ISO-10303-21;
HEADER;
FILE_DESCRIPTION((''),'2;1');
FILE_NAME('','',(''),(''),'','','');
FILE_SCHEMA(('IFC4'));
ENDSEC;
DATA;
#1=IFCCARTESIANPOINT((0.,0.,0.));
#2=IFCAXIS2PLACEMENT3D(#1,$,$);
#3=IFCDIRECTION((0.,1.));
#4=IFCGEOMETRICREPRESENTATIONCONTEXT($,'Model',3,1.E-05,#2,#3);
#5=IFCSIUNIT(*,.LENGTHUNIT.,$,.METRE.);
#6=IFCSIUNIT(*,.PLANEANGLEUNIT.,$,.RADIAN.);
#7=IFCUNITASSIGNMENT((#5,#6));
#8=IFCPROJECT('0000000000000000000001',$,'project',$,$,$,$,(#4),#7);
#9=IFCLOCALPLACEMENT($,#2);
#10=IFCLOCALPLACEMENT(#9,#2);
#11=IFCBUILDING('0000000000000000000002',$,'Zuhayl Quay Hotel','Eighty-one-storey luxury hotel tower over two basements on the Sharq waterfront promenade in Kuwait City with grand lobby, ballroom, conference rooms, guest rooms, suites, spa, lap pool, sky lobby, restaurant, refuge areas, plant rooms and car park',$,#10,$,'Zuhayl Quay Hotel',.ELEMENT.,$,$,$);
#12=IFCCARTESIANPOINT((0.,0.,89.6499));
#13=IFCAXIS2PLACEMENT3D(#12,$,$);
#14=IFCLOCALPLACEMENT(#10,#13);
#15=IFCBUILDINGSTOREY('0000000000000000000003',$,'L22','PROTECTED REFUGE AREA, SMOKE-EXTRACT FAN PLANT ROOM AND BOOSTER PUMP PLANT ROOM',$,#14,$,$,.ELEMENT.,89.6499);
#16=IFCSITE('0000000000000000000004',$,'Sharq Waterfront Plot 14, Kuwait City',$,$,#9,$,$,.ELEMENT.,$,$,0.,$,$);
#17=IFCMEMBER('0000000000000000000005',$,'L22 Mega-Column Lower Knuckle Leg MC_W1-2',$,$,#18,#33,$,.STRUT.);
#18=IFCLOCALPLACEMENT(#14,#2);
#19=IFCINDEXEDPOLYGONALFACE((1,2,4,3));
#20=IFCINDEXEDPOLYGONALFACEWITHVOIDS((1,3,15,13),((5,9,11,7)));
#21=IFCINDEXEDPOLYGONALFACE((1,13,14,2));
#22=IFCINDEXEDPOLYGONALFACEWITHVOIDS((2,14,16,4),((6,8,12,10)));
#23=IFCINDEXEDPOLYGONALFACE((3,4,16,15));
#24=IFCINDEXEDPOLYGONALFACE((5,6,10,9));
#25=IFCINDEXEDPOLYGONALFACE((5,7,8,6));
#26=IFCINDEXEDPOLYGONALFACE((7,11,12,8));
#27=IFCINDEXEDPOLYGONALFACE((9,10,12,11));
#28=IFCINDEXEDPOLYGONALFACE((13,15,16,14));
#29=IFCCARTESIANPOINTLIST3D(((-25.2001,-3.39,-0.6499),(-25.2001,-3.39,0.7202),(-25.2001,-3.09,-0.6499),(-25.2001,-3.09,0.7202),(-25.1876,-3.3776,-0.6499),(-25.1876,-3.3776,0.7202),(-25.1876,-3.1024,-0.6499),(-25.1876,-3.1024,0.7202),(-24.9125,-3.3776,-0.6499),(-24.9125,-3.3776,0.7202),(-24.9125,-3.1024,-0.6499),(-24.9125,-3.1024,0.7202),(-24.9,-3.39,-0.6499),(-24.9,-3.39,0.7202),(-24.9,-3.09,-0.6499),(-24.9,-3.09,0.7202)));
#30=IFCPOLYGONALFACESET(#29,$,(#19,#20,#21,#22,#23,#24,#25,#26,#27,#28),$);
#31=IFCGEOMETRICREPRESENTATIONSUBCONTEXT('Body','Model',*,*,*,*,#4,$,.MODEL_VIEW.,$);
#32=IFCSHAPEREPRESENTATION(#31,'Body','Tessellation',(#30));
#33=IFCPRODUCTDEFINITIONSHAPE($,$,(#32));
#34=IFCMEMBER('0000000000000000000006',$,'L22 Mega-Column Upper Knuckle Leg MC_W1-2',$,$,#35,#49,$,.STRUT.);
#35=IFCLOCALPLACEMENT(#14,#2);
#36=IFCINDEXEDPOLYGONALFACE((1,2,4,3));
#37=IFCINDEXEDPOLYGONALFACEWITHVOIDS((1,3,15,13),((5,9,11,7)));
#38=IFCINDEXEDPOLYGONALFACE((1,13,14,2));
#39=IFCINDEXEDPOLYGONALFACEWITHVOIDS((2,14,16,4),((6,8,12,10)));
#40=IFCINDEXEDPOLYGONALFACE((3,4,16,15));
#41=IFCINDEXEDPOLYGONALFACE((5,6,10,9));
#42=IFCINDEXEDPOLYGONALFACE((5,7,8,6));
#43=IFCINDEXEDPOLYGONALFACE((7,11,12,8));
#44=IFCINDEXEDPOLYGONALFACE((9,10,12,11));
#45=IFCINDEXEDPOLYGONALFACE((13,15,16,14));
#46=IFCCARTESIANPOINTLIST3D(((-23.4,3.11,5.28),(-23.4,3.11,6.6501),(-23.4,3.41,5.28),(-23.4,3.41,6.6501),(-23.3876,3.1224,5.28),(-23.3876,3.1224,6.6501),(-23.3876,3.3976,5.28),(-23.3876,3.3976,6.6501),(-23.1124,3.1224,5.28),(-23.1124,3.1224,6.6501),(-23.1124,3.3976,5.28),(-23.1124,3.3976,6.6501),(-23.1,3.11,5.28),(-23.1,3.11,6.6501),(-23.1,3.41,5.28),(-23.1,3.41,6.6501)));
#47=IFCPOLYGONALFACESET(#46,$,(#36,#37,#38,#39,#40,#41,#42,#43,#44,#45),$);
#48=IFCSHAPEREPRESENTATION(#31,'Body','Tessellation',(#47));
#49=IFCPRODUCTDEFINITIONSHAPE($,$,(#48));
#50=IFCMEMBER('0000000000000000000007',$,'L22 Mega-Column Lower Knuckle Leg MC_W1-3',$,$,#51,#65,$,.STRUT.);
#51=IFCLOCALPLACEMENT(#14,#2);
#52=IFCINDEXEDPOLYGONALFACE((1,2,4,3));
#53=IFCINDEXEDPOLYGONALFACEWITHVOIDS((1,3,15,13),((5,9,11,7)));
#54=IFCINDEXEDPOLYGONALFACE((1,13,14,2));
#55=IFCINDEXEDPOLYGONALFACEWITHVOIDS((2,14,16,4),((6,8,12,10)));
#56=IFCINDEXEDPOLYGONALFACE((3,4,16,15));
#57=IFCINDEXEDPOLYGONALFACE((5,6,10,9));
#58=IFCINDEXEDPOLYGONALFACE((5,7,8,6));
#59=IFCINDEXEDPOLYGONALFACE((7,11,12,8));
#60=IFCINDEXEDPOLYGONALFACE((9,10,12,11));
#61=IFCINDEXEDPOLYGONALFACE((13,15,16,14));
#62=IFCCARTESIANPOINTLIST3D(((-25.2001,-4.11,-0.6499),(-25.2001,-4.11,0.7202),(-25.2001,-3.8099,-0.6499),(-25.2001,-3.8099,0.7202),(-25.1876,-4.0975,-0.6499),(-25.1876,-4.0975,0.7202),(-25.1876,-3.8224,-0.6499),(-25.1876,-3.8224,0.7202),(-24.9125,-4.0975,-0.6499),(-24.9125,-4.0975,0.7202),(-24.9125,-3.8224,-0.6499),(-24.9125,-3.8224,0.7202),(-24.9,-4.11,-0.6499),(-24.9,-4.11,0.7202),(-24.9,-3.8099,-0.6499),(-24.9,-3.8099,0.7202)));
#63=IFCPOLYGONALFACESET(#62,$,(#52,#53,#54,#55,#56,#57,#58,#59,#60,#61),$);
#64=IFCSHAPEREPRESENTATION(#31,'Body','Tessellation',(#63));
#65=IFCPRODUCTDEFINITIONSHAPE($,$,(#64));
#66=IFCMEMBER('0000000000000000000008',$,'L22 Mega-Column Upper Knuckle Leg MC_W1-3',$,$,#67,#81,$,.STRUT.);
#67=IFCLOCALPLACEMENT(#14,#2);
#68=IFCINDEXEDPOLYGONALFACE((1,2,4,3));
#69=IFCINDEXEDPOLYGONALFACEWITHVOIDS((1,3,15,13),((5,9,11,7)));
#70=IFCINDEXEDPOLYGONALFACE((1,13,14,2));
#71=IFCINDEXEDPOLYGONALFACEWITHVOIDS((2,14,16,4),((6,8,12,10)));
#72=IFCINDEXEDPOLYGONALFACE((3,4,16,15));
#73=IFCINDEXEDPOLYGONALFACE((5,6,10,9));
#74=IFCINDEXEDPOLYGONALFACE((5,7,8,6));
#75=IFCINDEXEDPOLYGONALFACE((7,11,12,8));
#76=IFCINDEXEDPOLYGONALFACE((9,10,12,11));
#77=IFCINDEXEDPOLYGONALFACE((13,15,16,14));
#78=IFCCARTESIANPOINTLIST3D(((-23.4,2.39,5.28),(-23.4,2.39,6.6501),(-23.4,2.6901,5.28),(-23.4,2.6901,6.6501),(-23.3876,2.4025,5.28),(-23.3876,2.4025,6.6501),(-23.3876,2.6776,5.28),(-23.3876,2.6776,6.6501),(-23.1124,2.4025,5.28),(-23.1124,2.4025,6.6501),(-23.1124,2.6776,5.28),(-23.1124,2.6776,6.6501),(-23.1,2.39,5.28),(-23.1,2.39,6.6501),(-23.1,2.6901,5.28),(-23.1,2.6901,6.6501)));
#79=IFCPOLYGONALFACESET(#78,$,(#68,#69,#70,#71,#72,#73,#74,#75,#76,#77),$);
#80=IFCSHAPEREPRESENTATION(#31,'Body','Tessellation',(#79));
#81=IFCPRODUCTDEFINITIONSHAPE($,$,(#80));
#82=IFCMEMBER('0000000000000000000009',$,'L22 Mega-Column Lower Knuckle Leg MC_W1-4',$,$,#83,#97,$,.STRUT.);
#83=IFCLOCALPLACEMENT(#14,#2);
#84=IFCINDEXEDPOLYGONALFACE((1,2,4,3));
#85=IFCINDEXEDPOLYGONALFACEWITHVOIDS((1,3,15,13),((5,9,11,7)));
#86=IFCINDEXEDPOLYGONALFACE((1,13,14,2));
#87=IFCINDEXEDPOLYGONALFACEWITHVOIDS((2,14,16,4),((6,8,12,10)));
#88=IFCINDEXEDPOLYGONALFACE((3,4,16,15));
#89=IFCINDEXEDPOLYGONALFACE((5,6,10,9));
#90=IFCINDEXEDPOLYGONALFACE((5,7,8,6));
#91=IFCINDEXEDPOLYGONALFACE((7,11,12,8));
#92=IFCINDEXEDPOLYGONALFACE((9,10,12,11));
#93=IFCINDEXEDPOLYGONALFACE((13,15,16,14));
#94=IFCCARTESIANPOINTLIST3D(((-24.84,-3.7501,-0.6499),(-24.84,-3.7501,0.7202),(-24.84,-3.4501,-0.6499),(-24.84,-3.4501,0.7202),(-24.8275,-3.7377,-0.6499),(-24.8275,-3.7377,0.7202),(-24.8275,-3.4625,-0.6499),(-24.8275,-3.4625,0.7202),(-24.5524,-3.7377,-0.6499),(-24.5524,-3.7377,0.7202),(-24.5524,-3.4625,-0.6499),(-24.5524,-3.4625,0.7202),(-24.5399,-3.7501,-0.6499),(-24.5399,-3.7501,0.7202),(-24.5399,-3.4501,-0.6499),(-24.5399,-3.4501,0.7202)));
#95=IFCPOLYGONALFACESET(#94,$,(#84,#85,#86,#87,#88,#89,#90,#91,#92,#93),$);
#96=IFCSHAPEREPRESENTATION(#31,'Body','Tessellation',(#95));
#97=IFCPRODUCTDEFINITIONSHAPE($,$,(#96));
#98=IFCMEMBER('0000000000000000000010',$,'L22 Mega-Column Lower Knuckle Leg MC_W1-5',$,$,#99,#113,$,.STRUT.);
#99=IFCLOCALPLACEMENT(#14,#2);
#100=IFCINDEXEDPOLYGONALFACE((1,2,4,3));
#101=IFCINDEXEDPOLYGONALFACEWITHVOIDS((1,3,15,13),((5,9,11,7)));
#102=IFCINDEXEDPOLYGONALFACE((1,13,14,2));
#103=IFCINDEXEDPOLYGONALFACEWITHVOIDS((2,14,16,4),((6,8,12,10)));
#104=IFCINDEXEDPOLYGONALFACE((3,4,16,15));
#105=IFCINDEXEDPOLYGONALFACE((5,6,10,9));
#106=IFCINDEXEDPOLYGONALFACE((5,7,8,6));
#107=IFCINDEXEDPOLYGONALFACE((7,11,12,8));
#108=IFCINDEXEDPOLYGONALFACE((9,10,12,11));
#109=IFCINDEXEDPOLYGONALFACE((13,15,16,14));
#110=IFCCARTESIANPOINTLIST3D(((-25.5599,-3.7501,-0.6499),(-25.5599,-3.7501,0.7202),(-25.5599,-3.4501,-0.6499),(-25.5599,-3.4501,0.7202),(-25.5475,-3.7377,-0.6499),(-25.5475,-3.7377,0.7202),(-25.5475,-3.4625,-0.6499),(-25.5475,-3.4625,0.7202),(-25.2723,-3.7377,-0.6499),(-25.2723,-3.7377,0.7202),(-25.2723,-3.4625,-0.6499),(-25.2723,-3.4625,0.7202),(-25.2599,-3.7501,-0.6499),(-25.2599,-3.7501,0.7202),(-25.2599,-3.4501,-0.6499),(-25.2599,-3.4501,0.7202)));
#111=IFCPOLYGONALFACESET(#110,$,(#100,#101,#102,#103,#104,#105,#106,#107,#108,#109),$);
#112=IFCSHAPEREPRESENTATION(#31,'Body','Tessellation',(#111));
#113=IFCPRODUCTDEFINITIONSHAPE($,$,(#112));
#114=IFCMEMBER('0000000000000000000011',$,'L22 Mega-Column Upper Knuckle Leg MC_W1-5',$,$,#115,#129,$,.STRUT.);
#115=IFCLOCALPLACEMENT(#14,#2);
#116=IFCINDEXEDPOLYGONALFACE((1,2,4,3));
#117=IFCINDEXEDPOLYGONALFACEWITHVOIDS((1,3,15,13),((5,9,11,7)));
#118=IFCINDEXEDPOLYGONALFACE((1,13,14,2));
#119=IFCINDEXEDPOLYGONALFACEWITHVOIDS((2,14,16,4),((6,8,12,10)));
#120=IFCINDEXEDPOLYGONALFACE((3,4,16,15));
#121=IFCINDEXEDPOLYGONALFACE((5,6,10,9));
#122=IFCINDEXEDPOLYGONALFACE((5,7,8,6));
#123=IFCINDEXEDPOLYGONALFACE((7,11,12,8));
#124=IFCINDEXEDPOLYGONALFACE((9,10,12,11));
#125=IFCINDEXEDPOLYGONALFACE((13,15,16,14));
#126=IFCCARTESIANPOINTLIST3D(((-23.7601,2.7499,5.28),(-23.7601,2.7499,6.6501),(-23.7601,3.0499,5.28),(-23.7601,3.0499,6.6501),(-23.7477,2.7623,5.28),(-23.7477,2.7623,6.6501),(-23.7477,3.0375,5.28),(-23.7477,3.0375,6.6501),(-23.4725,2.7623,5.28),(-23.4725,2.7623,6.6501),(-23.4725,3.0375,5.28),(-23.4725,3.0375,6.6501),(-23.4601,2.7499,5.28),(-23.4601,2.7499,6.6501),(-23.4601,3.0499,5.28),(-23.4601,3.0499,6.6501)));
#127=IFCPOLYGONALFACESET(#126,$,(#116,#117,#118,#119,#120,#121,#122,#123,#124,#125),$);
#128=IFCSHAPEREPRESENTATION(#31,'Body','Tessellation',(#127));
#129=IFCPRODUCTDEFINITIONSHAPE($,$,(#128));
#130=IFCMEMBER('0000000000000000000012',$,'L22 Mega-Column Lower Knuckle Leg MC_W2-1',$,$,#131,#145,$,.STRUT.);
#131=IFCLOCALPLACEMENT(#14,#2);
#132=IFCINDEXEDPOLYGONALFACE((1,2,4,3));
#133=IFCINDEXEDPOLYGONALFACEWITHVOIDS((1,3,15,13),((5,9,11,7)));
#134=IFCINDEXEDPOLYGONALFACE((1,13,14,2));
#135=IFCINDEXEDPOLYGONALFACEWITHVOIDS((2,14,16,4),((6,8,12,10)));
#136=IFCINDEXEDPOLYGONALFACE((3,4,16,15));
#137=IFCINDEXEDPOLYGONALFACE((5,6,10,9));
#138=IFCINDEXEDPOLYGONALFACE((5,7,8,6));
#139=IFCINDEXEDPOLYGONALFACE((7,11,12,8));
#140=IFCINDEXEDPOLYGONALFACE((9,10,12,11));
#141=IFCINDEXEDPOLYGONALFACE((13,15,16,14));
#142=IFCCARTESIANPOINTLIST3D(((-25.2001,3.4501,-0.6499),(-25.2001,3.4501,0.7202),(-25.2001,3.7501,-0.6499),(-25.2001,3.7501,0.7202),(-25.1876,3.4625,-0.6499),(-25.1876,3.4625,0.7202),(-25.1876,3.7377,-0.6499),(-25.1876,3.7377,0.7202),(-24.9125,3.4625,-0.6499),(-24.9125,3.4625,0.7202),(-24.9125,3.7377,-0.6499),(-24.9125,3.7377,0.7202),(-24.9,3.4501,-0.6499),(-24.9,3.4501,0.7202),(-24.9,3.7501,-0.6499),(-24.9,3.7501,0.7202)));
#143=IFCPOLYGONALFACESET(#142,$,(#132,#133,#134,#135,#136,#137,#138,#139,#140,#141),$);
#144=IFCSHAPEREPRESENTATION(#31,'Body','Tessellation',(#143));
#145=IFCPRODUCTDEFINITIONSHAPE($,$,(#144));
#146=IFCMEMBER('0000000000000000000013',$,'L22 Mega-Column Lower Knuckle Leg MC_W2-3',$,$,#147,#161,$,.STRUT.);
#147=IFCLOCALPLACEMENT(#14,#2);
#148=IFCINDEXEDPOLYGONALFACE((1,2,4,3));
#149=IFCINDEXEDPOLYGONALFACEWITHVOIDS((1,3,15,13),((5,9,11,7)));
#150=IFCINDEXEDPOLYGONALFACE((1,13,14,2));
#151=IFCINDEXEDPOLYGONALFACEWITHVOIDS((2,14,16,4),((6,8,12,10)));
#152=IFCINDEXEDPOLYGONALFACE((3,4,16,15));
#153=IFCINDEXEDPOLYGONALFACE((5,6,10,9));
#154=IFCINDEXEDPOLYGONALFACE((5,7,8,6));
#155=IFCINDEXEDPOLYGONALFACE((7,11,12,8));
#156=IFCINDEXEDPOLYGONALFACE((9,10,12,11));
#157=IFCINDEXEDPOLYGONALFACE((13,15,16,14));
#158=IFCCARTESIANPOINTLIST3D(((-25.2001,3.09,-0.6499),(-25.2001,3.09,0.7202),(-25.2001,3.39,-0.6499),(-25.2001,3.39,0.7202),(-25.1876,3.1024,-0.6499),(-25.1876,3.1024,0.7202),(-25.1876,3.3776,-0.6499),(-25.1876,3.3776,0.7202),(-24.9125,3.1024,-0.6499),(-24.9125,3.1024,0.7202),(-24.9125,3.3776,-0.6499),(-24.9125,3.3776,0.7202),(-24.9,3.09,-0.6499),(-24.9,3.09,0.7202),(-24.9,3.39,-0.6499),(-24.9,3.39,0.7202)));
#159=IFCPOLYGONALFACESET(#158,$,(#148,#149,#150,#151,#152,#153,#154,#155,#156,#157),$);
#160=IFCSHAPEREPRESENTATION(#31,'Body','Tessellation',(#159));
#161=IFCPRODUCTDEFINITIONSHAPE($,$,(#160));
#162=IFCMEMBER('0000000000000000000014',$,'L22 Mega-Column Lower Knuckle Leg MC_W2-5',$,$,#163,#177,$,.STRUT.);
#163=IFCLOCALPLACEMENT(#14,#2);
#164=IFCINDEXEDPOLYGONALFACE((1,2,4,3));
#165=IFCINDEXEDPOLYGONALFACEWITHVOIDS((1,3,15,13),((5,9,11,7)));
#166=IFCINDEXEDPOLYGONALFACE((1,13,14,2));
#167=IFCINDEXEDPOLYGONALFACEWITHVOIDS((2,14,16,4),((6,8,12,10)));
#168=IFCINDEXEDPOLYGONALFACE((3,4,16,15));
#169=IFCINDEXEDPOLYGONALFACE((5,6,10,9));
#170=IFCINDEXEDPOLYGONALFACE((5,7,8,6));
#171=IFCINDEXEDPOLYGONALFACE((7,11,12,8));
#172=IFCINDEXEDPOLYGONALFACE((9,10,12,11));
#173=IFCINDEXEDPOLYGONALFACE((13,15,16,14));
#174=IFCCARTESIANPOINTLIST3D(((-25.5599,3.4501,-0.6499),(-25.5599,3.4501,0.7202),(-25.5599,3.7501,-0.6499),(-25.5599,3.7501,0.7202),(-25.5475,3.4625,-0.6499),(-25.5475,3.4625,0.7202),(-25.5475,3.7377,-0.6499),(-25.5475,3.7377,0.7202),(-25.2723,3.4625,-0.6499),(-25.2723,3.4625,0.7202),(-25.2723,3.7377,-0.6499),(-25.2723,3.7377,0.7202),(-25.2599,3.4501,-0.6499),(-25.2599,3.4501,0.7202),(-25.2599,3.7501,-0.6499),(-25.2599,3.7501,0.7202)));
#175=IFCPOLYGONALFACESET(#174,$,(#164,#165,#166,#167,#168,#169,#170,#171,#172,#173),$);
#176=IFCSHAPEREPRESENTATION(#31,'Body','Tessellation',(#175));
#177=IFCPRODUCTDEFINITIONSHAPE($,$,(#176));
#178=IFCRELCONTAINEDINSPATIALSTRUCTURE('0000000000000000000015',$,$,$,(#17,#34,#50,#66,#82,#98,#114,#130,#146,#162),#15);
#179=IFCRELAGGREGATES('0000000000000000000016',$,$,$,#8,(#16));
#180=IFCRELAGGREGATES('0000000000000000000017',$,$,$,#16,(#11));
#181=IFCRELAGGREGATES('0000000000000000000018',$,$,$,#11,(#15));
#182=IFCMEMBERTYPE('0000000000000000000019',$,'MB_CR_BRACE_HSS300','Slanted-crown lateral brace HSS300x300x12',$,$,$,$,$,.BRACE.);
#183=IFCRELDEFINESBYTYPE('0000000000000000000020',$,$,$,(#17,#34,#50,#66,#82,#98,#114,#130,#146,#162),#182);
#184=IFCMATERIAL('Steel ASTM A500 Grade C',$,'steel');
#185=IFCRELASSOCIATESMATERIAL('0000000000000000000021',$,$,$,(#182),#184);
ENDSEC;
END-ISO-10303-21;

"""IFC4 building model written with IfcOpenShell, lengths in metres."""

from ifc_helpers import new_model, si_unit, direction, frame, origin, origin_2d, place, context, subcontext, project, spatial, hollow_rectangle, extrude, material, material_profile, profile_set, type_object, element, save


model = new_model("IFC4")

# Units and contexts
model_context = context("Model", 3, precision=1e-05, world=origin(), true_north=direction((0.0, 1.0)))
body_context = subcontext(model_context, "Body", "Model", "MODEL_VIEW")
ifc_project = project(units=[si_unit("LENGTHUNIT", "METRE"), si_unit("PLANEANGLEUNIT", "RADIAN")], contexts=[model_context])

# Site, building, storey
site_placement = place(None, origin())
site = spatial("IfcSite", under=ifc_project, at=site_placement, Name="Sharq Waterfront Plot 14, Kuwait City", CompositionType="ELEMENT", RefElevation=0.0)
building_placement = place(site_placement, origin())
building = spatial("IfcBuilding", under=site, at=building_placement, Name="Zuhayl Quay Hotel", Description="Eighty-one-storey luxury hotel tower over two basements on the Sharq waterfront promenade in Kuwait City with grand lobby, ballroom, conference rooms, guest rooms, suites, spa, lap pool, sky lobby, restaurant, refuge areas, plant rooms and car park", LongName="Zuhayl Quay Hotel", CompositionType="ELEMENT")
storey_placement = place(building_placement, frame((0.0, 0.0, 89.6499)))
storey = spatial("IfcBuildingStorey", under=building, at=storey_placement, Name="L22", Description="PROTECTED REFUGE AREA, SMOKE-EXTRACT FAN PLANT ROOM AND BOOSTER PUMP PLANT ROOM", CompositionType="ELEMENT", Elevation=89.6499)

# Members
ifc_material_1 = material(Name="Steel ASTM A500 Grade C", Category="steel")
ifc_material_profile_1 = material_profile(ifc_material_1, hollow_rectangle(XDim=0.3, YDim=0.3, WallThickness=0.0125, at=origin_2d()), Name="HSS300X300X12")
ifc_profile_set_1 = profile_set([ifc_material_profile_1], Name="Steel ASTM A500 Grade C")
member_type_1 = type_object("IfcMemberType", Name="MB_CR_BRACE_HSS300", Description="Slanted-crown lateral brace HSS300x300x12", PredefinedType="BRACE", material=ifc_profile_set_1)
for number, where, z_axis, x_axis, name in (
    (1, (-25.05, -3.24, -0.6499), (0.0, 0.0, 1.0), (1.0, 0.0, 0.0), "L22 Mega-Column Lower Knuckle Leg MC_W1-2"),
    (2, (-23.25, 3.26, 5.28), (0.0, 0.0, 1.0), (1.0, 0.0, 0.0), "L22 Mega-Column Upper Knuckle Leg MC_W1-2"),
    (3, (-25.05, -3.96, -0.6499), (0.0, 0.0, 1.0), (1.0, 0.0, 0.0), "L22 Mega-Column Lower Knuckle Leg MC_W1-3"),
    (4, (-23.25, 2.54, 5.28), (0.0, 0.0, 1.0), (1.0, 0.0, 0.0), "L22 Mega-Column Upper Knuckle Leg MC_W1-3"),
    (5, (-24.6899, -3.6001, -0.6499), (0.0, 0.0, 1.0), (1.0, 0.0, 0.0), "L22 Mega-Column Lower Knuckle Leg MC_W1-4"),
    (6, (-25.4099, -3.6001, -0.6499), (0.0, 0.0, 1.0), (1.0, 0.0, 0.0), "L22 Mega-Column Lower Knuckle Leg MC_W1-5"),
    (7, (-23.6101, 2.8999, 5.28), (0.0, 0.0, 1.0), (1.0, 0.0, 0.0), "L22 Mega-Column Upper Knuckle Leg MC_W1-5"),
    (8, (-25.05, 3.6001, -0.6499), (0.0, 0.0, 1.0), (1.0, 0.0, 0.0), "L22 Mega-Column Lower Knuckle Leg MC_W2-1"),
    (9, (-25.05, 3.24, -0.6499), (0.0, 0.0, 1.0), (1.0, 0.0, 0.0), "L22 Mega-Column Lower Knuckle Leg MC_W2-3"),
    (10, (-25.4099, 3.6001, -0.6499), (0.0, 0.0, 1.0), (1.0, 0.0, 0.0), "L22 Mega-Column Lower Knuckle Leg MC_W2-5"),
):
    element("IfcMember", number, at=place(storey_placement, frame(where, z_axis=z_axis, x_axis=x_axis)), inside=storey, type_object=member_type_1, Name=name, PredefinedType="STRUT", context=body_context, shape_type="SweptSolid", body=[
        extrude(hollow_rectangle(XDim=0.3, YDim=0.3, WallThickness=0.0125, at=origin_2d()), origin(), (0.0, 0.0, 1.0), 1.3701),
    ])

save(model, "model.ifc")
